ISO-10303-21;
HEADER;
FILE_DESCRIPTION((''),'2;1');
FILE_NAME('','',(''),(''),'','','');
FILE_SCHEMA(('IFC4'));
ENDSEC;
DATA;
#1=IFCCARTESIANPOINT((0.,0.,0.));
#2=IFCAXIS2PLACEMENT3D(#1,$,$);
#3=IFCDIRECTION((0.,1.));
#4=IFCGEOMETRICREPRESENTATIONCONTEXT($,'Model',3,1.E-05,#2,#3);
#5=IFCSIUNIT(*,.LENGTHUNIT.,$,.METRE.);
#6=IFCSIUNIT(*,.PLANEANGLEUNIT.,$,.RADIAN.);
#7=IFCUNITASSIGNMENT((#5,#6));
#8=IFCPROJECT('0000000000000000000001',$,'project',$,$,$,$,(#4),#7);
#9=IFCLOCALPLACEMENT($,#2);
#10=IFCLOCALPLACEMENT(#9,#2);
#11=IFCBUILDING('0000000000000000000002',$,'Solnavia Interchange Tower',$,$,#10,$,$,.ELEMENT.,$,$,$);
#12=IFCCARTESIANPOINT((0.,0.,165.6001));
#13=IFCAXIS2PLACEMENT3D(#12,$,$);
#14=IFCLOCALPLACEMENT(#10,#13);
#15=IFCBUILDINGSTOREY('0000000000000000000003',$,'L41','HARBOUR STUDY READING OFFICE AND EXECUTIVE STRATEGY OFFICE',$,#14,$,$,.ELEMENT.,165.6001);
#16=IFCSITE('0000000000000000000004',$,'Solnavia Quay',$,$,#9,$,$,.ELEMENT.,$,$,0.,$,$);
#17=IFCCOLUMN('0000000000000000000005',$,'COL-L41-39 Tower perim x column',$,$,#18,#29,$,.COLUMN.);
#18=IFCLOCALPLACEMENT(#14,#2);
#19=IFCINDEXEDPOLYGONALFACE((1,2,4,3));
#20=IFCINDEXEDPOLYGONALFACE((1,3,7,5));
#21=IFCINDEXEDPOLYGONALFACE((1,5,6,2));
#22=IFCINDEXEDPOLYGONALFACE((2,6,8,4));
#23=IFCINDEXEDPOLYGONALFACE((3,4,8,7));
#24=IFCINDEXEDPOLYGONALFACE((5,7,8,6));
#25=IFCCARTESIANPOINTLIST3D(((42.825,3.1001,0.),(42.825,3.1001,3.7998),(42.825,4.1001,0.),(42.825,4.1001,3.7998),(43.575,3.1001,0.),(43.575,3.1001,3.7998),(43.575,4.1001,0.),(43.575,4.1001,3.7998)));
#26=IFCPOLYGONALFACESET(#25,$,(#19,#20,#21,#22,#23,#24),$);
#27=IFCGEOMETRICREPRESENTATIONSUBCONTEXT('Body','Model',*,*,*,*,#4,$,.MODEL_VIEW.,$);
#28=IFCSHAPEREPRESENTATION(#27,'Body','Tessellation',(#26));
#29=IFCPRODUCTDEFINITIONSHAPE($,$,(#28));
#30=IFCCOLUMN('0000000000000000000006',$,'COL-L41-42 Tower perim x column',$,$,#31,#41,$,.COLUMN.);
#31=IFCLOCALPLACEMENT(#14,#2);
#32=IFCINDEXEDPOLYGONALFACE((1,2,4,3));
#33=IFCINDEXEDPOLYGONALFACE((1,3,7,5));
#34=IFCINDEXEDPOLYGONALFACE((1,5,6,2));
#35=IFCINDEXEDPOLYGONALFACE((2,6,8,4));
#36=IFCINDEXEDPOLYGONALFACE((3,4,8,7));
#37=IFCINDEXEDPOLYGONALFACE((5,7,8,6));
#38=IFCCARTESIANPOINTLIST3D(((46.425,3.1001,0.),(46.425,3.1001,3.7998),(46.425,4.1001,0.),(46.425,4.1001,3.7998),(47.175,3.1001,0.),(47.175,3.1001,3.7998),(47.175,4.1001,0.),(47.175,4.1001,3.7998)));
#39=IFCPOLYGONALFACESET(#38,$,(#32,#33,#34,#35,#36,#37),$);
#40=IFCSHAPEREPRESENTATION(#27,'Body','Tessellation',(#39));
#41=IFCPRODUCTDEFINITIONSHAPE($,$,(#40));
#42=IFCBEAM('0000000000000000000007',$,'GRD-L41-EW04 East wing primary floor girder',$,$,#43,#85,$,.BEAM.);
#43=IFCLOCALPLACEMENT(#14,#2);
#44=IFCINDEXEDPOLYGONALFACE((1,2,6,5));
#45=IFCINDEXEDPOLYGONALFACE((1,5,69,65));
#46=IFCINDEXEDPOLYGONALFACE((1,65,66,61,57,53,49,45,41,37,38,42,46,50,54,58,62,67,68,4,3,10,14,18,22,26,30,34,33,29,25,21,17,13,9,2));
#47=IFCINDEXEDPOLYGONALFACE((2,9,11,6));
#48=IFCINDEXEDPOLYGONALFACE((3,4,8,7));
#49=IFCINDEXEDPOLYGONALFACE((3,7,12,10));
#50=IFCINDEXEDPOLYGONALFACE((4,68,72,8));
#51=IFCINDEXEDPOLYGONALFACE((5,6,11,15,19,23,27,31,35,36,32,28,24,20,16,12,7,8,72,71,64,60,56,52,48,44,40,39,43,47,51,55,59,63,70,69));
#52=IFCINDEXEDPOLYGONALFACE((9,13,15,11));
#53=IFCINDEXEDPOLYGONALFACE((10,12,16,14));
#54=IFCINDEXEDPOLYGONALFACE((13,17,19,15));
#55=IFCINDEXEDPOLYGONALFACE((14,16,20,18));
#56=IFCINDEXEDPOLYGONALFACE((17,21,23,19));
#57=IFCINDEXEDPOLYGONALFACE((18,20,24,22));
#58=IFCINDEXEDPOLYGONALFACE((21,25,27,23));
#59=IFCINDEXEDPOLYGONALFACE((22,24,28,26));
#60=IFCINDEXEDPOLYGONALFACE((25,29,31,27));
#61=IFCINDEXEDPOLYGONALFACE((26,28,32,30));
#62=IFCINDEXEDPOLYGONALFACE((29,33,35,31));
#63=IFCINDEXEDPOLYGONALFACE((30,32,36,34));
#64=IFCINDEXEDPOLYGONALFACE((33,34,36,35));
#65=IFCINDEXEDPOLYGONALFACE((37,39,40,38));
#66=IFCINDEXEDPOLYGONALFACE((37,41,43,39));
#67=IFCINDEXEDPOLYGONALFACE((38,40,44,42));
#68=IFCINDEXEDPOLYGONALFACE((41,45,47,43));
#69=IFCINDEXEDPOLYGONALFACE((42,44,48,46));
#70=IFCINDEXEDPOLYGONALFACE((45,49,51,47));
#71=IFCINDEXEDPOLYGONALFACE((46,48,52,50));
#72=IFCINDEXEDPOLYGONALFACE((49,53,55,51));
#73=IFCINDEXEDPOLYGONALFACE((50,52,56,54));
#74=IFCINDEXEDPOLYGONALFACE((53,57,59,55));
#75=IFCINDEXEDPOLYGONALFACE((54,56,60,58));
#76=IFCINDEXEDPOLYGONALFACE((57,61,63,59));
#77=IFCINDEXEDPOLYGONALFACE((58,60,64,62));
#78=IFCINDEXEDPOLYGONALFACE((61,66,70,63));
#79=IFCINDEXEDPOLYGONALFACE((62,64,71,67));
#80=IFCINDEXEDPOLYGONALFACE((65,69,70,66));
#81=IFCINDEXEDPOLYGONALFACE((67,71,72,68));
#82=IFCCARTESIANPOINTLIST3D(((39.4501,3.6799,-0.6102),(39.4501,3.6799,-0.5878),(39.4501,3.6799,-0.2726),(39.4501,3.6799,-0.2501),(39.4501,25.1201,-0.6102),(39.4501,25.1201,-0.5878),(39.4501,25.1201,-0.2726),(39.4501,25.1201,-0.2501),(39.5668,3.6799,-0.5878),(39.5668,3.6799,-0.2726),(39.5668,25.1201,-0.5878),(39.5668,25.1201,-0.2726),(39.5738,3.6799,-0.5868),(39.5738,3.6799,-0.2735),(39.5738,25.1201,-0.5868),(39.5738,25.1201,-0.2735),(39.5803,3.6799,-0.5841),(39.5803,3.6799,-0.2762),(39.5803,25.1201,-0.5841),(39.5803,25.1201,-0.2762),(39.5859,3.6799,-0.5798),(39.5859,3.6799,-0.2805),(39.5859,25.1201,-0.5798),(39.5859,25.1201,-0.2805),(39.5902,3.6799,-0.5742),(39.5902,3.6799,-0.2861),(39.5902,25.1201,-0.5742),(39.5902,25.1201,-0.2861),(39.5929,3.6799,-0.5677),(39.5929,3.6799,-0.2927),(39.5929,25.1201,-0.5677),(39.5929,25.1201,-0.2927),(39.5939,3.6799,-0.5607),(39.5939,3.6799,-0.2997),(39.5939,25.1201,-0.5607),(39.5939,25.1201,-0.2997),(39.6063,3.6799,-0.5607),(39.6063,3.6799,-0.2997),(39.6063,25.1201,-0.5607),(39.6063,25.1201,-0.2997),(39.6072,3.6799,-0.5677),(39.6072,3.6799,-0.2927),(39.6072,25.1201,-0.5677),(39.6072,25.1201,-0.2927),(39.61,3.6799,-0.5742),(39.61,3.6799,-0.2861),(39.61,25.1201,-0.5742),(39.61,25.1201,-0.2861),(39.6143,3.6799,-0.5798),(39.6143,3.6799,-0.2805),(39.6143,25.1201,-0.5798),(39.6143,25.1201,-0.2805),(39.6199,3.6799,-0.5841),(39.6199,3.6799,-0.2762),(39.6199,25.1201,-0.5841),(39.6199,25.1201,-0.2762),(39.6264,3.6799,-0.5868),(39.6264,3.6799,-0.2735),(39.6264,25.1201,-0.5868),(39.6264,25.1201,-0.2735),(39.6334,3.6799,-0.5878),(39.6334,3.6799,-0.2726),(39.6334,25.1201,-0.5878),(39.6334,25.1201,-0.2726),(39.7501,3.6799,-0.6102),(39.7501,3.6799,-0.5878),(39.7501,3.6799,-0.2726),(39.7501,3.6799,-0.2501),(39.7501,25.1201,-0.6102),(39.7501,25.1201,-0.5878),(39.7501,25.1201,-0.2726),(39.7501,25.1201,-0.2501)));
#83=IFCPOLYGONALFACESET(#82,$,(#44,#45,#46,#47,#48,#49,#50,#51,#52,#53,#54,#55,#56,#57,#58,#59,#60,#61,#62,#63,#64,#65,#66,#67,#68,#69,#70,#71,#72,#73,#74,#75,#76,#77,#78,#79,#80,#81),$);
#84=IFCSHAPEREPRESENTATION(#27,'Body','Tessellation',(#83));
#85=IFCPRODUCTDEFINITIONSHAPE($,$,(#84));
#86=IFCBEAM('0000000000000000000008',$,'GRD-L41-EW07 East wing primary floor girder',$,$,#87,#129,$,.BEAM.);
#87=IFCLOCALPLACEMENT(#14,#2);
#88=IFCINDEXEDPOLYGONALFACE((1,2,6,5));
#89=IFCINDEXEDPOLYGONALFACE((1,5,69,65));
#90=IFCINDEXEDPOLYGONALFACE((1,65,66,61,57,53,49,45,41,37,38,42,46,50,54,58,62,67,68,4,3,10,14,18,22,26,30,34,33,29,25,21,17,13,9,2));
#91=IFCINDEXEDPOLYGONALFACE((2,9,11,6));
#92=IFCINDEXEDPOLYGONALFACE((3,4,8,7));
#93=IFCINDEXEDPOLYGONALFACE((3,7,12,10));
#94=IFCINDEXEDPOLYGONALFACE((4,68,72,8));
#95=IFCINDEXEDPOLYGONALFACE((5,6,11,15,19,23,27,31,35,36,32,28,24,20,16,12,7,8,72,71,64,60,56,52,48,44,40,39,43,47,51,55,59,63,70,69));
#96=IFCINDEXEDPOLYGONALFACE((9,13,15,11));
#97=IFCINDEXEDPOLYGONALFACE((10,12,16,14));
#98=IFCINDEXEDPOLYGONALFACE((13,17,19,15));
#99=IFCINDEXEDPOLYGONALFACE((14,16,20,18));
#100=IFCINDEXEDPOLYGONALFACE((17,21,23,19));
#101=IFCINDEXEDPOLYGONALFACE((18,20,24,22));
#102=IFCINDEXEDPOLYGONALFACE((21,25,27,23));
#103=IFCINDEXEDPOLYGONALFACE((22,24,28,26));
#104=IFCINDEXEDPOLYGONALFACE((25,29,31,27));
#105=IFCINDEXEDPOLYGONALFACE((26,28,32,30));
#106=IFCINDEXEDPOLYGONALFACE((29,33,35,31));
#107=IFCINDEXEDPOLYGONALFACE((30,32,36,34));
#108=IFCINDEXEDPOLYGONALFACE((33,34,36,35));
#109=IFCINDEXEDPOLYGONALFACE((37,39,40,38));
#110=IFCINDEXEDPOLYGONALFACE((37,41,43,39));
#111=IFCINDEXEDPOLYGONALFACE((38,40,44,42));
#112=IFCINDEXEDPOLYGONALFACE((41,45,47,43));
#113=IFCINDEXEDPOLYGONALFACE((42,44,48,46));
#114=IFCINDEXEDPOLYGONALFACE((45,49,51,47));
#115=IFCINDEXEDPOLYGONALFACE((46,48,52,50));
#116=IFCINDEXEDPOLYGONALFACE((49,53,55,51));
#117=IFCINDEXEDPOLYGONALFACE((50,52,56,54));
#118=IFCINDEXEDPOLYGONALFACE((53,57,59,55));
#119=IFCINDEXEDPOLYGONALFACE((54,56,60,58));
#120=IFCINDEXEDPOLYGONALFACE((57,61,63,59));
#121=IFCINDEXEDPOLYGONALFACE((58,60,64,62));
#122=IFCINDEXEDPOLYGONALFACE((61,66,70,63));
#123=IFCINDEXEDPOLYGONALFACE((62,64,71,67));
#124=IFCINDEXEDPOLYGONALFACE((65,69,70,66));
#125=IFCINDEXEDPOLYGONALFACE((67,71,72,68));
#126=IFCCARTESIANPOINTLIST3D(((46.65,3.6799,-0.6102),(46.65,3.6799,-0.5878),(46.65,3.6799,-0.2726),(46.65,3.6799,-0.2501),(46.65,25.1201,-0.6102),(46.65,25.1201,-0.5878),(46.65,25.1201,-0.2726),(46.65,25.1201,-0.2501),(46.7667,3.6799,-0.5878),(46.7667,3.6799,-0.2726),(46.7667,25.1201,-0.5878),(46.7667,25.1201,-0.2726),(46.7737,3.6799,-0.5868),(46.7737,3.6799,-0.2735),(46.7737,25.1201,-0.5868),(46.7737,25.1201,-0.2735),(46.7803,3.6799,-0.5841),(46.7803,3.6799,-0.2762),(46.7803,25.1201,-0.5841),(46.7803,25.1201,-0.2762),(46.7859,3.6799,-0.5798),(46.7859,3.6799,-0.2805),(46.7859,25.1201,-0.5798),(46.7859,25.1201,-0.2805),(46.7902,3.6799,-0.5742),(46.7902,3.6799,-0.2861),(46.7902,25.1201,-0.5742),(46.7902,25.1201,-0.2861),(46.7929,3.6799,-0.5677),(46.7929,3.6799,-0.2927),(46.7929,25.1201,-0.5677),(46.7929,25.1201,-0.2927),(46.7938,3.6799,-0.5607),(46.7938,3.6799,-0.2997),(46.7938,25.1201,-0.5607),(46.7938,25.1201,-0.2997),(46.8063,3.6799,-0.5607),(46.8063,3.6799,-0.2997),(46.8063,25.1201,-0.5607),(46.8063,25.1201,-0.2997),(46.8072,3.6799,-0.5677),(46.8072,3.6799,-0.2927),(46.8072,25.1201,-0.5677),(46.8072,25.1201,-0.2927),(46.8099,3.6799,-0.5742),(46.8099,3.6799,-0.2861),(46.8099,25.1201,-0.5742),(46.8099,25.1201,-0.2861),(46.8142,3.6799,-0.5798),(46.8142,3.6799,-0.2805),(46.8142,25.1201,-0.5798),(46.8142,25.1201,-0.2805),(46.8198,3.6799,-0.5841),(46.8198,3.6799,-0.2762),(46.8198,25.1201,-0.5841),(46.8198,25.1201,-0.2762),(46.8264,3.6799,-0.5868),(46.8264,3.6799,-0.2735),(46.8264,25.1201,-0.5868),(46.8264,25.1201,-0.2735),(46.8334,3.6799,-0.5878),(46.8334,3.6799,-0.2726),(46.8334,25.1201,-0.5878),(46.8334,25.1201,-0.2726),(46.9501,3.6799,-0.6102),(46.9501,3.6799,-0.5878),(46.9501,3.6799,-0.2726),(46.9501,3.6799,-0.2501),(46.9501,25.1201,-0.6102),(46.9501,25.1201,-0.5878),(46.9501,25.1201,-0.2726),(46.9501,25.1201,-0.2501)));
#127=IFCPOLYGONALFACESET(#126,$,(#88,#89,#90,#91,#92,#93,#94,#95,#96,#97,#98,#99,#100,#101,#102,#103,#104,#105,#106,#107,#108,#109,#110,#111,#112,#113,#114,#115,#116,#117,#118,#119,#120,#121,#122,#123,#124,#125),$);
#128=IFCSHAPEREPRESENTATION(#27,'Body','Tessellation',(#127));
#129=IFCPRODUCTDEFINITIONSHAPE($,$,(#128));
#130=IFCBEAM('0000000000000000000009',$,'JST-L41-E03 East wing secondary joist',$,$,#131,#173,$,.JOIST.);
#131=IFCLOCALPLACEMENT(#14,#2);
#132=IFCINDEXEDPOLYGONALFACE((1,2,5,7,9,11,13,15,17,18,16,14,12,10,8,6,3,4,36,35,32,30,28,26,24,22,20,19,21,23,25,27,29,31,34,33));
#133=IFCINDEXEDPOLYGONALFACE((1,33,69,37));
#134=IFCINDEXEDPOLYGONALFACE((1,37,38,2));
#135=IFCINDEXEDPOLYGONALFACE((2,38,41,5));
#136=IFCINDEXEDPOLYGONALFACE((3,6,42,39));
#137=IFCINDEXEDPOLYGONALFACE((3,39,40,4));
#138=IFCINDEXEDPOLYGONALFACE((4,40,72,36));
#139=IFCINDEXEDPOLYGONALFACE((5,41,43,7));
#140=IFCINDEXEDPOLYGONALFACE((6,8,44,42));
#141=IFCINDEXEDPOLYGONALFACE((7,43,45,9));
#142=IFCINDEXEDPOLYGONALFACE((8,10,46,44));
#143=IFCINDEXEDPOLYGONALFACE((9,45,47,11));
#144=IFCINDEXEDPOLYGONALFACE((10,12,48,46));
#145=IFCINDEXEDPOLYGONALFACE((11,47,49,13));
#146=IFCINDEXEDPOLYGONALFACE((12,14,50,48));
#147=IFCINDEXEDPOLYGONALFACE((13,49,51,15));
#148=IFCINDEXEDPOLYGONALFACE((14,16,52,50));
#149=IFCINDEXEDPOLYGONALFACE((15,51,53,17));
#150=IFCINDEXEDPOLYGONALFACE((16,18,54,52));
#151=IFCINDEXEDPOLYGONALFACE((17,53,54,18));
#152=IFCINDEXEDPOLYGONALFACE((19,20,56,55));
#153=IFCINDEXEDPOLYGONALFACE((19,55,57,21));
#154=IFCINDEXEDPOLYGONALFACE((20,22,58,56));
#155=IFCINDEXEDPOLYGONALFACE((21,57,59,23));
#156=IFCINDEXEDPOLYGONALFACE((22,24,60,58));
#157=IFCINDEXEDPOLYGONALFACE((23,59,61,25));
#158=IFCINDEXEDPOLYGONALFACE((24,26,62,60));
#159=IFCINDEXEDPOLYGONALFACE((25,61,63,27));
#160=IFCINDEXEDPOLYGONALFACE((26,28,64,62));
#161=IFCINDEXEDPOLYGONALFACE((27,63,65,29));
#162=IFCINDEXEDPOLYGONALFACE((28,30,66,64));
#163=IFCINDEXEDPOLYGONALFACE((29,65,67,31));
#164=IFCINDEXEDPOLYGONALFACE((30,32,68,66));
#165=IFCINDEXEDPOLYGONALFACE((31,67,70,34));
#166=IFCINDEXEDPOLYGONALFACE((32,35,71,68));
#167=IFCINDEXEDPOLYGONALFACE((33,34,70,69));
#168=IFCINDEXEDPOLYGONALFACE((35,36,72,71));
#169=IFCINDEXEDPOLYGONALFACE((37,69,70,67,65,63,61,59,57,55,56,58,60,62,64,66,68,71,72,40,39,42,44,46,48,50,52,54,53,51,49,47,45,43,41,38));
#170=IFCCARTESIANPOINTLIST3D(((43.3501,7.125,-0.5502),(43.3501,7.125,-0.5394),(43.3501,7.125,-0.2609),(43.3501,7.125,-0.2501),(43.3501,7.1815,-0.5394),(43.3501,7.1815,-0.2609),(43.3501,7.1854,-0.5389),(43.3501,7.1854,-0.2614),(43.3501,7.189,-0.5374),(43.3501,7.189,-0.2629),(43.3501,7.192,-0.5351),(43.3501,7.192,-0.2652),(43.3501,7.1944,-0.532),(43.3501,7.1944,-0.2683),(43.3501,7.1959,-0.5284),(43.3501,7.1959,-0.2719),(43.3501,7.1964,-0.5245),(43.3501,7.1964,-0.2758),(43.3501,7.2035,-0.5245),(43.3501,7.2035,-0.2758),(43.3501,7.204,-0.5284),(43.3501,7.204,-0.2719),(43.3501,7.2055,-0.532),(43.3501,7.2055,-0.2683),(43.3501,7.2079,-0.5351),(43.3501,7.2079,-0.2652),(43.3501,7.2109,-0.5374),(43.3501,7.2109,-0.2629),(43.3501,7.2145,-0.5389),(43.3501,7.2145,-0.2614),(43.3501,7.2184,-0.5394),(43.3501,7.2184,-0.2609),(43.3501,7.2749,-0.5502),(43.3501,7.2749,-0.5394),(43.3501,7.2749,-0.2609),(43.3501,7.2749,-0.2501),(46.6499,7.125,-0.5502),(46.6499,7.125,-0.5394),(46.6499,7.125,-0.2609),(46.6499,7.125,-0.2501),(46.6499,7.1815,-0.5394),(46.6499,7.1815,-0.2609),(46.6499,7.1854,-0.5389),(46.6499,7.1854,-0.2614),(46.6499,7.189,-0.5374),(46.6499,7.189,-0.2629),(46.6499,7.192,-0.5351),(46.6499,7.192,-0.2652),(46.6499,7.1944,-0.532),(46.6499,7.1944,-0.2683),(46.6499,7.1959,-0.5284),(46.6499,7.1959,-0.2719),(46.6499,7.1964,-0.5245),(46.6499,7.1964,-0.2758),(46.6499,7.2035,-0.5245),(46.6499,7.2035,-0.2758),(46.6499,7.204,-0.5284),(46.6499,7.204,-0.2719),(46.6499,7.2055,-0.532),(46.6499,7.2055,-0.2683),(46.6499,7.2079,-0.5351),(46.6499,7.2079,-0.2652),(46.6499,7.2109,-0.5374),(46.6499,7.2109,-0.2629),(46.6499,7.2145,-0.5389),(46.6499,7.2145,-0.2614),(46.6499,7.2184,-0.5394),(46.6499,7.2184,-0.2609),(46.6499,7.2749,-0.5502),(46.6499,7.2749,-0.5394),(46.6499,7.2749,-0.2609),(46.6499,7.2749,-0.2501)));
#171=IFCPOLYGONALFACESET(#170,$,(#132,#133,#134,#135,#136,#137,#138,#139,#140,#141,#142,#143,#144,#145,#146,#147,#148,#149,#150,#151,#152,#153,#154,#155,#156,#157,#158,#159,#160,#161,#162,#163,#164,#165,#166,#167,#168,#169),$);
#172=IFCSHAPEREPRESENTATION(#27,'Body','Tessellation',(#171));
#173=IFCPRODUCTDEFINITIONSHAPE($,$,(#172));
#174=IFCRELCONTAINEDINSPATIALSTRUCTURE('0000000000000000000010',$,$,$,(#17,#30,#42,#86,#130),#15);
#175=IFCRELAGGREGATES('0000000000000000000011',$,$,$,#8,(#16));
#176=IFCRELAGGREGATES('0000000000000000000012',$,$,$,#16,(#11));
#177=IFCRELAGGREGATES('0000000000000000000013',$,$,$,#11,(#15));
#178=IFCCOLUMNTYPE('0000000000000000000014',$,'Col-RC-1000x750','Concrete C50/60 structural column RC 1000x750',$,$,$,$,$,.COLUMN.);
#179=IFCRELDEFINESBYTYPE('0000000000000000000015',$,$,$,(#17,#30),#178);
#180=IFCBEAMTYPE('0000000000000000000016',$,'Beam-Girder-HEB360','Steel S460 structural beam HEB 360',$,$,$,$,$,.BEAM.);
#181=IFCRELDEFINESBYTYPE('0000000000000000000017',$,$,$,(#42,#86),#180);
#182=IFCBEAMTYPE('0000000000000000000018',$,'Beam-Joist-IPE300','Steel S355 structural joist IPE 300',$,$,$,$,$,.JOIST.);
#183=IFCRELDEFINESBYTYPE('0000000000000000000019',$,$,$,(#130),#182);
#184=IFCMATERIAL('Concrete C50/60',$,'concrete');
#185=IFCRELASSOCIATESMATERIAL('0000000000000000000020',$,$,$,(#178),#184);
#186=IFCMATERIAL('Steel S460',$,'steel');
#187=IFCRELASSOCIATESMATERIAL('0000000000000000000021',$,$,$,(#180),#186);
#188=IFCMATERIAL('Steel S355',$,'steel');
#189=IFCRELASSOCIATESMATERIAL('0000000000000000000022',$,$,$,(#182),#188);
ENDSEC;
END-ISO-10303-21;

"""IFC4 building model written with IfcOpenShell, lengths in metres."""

from ifc_helpers import new_model, si_unit, direction, frame, origin, origin_2d, place, context, subcontext, project, spatial, rectangle, i_section, extrude, material, material_profile, profile_set, type_object, element, save


model = new_model("IFC4")

# Units and contexts
model_context = context("Model", 3, precision=1e-05, world=origin(), true_north=direction((0.0, 1.0)))
body_context = subcontext(model_context, "Body", "Model", "MODEL_VIEW")
ifc_project = project(units=[si_unit("LENGTHUNIT", "METRE"), si_unit("PLANEANGLEUNIT", "RADIAN")], contexts=[model_context])

# Site, building, storey
site_placement = place(None, origin())
site = spatial("IfcSite", under=ifc_project, at=site_placement, Name="Solnavia Quay", CompositionType="ELEMENT", RefElevation=0.0)
building_placement = place(site_placement, origin())
building = spatial("IfcBuilding", under=site, at=building_placement, Name="Solnavia Interchange Tower", CompositionType="ELEMENT")
storey_placement = place(building_placement, frame((0.0, 0.0, 165.6001)))
storey = spatial("IfcBuildingStorey", under=building, at=storey_placement, Name="L41", Description="HARBOUR STUDY READING OFFICE AND EXECUTIVE STRATEGY OFFICE", CompositionType="ELEMENT", Elevation=165.6001)

# Columns
ifc_material_1 = material(Name="Concrete C50/60", Category="concrete")
ifc_material_profile_1 = material_profile(ifc_material_1, rectangle(XDim=0.75, YDim=1.0, at=origin_2d()), Name="RC 1000x750")
ifc_profile_set_1 = profile_set([ifc_material_profile_1], Name="Concrete C50/60")
column_type = type_object("IfcColumnType", Name="Col-RC-1000x750", Description="Concrete C50/60 structural column RC 1000x750", PredefinedType="COLUMN", material=ifc_profile_set_1)
for number, where, z_axis, x_axis, name in (
    (1, (43.2, 3.6001, 0.0), (0.0, 0.0, 1.0), (1.0, 0.0, 0.0), "COL-L41-39 Tower perim x column"),
    (2, (46.8, 3.6001, 0.0), (0.0, 0.0, 1.0), (1.0, 0.0, 0.0), "COL-L41-42 Tower perim x column"),
):
    element("IfcColumn", number, at=place(storey_placement, frame(where, z_axis=z_axis, x_axis=x_axis)), inside=storey, type_object=column_type, Name=name, PredefinedType="COLUMN", context=body_context, shape_type="SweptSolid", body=[
        extrude(rectangle(XDim=0.75, YDim=1.0, at=origin_2d()), origin(), (0.0, 0.0, 1.0), 3.7998),
    ])

# Beams
ifc_material_2 = material(Name="Steel S460", Category="steel")
ifc_material_profile_2 = material_profile(ifc_material_2, i_section(OverallWidth=0.3, OverallDepth=0.3601, WebThickness=0.0125, FlangeThickness=0.0225, FilletRadius=0.0271, at=origin_2d()), Name="HEB 360")
ifc_profile_set_2 = profile_set([ifc_material_profile_2], Name="Steel S460")
beam_type_1 = type_object("IfcBeamType", Name="Beam-Girder-HEB360", Description="Steel S460 structural beam HEB 360", PredefinedType="BEAM", material=ifc_profile_set_2)
for number, where, z_axis, x_axis, name in (
    (3, (39.6001, 3.6799, -0.4302), (0.0, 1.0, 0.0), (-1.0, 0.0, 0.0), "GRD-L41-EW04 East wing primary floor girder"),
    (4, (46.8, 3.6799, -0.4302), (0.0, 1.0, 0.0), (-1.0, 0.0, 0.0), "GRD-L41-EW07 East wing primary floor girder"),
):
    element("IfcBeam", number, at=place(storey_placement, frame(where, z_axis=z_axis, x_axis=x_axis)), inside=storey, type_object=beam_type_1, Name=name, PredefinedType="BEAM", context=body_context, shape_type="SweptSolid", body=[
        extrude(i_section(OverallWidth=0.3, OverallDepth=0.3601, WebThickness=0.0125, FlangeThickness=0.0225, FilletRadius=0.0271, at=origin_2d()), origin(), (0.0, 0.0, 1.0), 21.4402),
    ])
ifc_material_3 = material(Name="Steel S355", Category="steel")
ifc_material_profile_3 = material_profile(ifc_material_3, i_section(OverallWidth=0.1499, OverallDepth=0.3, WebThickness=0.0071, FlangeThickness=0.0107, FilletRadius=0.0149, at=origin_2d()), Name="IPE 300")
ifc_profile_set_3 = profile_set([ifc_material_profile_3], Name="Steel S355")
beam_type_2 = type_object("IfcBeamType", Name="Beam-Joist-IPE300", Description="Steel S355 structural joist IPE 300", PredefinedType="JOIST", material=ifc_profile_set_3)
for number, where, z_axis, x_axis, name in (
    (5, (43.3501, 7.2, -0.4001), (1.0, 0.0, 0.0), (0.0, 1.0, 0.0), "JST-L41-E03 East wing secondary joist"),
):
    element("IfcBeam", number, at=place(storey_placement, frame(where, z_axis=z_axis, x_axis=x_axis)), inside=storey, type_object=beam_type_2, Name=name, PredefinedType="JOIST", context=body_context, shape_type="SweptSolid", body=[
        extrude(i_section(OverallWidth=0.1499, OverallDepth=0.3, WebThickness=0.0071, FlangeThickness=0.0107, FilletRadius=0.0149, at=origin_2d()), origin(), (0.0, 0.0, 1.0), 3.2998),
    ])

save(model, "model.ifc")
